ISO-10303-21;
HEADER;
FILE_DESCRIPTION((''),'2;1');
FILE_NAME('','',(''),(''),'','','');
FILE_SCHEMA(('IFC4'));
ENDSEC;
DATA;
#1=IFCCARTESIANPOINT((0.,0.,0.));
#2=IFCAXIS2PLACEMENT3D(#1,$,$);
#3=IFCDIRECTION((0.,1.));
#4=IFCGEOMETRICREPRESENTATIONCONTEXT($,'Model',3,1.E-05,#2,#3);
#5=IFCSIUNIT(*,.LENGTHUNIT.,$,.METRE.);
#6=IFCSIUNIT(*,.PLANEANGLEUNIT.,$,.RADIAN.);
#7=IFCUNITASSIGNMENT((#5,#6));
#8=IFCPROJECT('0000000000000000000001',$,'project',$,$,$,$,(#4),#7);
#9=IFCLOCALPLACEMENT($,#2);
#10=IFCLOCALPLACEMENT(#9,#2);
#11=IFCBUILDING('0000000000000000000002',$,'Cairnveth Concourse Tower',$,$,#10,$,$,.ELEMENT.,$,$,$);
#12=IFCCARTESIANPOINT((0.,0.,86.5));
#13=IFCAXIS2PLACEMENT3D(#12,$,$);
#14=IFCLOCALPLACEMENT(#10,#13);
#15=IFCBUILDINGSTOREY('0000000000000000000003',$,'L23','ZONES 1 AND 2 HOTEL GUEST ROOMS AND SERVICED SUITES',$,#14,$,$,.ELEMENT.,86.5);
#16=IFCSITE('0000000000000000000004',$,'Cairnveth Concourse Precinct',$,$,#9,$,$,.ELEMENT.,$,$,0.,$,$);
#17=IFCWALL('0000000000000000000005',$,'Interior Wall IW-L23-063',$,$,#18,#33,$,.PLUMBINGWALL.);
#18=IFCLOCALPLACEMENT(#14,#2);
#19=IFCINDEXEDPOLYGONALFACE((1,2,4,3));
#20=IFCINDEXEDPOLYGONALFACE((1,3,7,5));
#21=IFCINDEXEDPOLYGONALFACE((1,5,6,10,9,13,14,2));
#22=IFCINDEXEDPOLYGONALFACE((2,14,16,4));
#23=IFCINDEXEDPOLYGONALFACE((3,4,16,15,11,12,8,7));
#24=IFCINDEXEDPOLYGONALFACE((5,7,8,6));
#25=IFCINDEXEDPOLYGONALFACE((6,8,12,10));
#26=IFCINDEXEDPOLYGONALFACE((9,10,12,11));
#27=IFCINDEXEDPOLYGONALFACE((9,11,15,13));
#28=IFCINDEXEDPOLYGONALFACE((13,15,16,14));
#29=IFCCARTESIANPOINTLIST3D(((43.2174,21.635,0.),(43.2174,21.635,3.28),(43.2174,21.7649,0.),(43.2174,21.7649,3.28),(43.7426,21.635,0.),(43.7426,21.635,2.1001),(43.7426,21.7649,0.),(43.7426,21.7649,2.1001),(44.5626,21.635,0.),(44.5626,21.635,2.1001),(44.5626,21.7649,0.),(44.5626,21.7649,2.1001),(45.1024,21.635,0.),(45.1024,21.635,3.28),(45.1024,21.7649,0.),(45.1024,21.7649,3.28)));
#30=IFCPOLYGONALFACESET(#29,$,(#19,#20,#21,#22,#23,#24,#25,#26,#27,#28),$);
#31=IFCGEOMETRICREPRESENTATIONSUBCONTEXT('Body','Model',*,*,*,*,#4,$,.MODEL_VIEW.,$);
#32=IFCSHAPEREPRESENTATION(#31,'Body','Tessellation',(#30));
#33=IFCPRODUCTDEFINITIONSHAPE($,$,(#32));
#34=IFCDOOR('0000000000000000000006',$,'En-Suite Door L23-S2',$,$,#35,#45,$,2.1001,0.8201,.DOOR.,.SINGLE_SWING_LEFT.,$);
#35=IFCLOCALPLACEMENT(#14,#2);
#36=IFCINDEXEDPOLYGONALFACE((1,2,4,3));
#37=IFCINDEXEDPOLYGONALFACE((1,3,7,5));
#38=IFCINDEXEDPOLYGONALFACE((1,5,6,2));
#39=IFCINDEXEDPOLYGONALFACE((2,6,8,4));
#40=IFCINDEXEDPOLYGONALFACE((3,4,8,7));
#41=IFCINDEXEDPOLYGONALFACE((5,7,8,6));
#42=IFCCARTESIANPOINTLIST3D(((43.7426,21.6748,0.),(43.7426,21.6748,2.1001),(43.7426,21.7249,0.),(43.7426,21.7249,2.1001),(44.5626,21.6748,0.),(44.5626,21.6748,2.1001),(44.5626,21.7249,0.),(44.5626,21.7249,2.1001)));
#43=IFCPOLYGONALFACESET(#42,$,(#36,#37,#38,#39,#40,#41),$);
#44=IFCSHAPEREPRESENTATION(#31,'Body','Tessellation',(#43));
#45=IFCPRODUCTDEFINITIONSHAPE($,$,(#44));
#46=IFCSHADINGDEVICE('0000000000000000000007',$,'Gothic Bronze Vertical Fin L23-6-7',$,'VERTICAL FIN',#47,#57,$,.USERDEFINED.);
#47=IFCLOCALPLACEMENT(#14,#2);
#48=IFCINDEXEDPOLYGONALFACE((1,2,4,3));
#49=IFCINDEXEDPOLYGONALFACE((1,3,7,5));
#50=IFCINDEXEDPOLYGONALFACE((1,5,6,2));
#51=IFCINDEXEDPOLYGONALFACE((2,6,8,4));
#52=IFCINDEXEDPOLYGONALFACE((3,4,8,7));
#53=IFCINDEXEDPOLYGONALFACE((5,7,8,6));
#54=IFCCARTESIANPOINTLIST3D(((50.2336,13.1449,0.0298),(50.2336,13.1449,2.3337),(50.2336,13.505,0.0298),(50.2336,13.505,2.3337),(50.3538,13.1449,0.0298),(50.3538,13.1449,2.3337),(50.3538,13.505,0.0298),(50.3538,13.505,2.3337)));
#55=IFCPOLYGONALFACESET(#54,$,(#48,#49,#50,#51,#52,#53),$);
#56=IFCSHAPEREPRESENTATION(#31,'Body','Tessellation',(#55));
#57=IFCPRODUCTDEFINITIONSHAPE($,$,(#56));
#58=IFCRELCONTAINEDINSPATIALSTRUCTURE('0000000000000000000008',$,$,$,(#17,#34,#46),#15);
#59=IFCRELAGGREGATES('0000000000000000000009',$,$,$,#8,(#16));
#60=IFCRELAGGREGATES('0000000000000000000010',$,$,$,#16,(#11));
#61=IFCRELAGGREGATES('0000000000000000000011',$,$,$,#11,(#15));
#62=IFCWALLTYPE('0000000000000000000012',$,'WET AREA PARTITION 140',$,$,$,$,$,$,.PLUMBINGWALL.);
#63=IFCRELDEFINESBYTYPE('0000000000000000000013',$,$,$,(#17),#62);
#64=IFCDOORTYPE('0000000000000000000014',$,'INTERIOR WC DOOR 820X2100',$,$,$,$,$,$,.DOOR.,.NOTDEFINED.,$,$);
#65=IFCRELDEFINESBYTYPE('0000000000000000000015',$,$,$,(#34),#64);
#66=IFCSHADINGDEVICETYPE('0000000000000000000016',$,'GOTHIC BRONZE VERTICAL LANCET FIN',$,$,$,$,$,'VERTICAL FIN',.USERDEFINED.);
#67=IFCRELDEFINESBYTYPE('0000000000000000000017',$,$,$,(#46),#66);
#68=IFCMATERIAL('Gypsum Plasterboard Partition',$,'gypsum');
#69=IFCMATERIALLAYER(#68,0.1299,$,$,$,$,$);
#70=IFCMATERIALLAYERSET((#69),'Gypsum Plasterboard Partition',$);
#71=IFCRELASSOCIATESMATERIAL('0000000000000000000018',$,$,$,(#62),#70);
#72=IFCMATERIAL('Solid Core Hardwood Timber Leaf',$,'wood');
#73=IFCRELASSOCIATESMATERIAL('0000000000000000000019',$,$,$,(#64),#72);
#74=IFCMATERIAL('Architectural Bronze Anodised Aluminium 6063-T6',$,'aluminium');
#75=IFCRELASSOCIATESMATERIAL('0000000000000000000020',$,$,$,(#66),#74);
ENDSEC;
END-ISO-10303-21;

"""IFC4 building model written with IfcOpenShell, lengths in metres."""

from ifc_helpers import new_model, si_unit, direction, frame, frame_2d, origin, origin_2d, place, context, subcontext, project, spatial, rectangle, extrude, material, layer, layer_set, type_object, element, fill, save


model = new_model("IFC4")

# Units and contexts
model_context = context("Model", 3, precision=1e-05, world=origin(), true_north=direction((0.0, 1.0)))
body_context = subcontext(model_context, "Body", "Model", "MODEL_VIEW")
ifc_project = project(units=[si_unit("LENGTHUNIT", "METRE"), si_unit("PLANEANGLEUNIT", "RADIAN")], contexts=[model_context])

# Site, building, storey
site_placement = place(None, origin())
site = spatial("IfcSite", under=ifc_project, at=site_placement, Name="Cairnveth Concourse Precinct", CompositionType="ELEMENT", RefElevation=0.0)
building_placement = place(site_placement, origin())
building = spatial("IfcBuilding", under=site, at=building_placement, Name="Cairnveth Concourse Tower", CompositionType="ELEMENT")
storey_placement = place(building_placement, frame((0.0, 0.0, 86.5)))
storey = spatial("IfcBuildingStorey", under=building, at=storey_placement, Name="L23", Description="ZONES 1 AND 2 HOTEL GUEST ROOMS AND SERVICED SUITES", CompositionType="ELEMENT", Elevation=86.5)

# Shared definitions
ifc_material_1 = material(Name="Gypsum Plasterboard Partition", Category="gypsum")
ifc_layer_1 = layer(ifc_material_1, 0.1299)
ifc_layer_set_1 = layer_set([ifc_layer_1], Name="Gypsum Plasterboard Partition")
wall_type_1 = type_object("IfcWallType", Name="WET AREA PARTITION 140", PredefinedType="PLUMBINGWALL", material=ifc_layer_set_1)

# Wall, opening, door
wall_1_placement = place(storey_placement, frame((43.2175, 21.7, 0.0), z_axis=(0.0, 0.0, 1.0), x_axis=(1.0, 0.0, 0.0)))
wall_1 = element("IfcWall", 1, at=wall_1_placement, inside=storey, type_object=wall_type_1, Name="Interior Wall IW-L23-063", PredefinedType="PLUMBINGWALL", context=body_context, shape_type="SweptSolid", body=[
    extrude(rectangle(XDim=1.885, YDim=0.1299, at=frame_2d((0.9424, 0.0))), origin(), (0.0, 0.0, 1.0), 3.28),
])
opening_placement = place(wall_1_placement, frame((0.5249, 0.0, 0.0)))
opening = element("IfcOpeningElement", 2, at=opening_placement, cuts=wall_1, PredefinedType="OPENING", context=body_context, shape_type="SweptSolid", body=[
    extrude(rectangle(XDim=0.8201, YDim=2.1001, at=frame_2d((0.4102, 1.05))), frame((0.0, 0.075, 0.0), z_axis=(0.0, -1.0, 0.0), x_axis=(1.0, 0.0, 0.0)), (0.0, 0.0, 1.0), 0.1499),
])
ifc_material_2 = material(Name="Solid Core Hardwood Timber Leaf", Category="wood")
door_type = type_object("IfcDoorType", Name="INTERIOR WC DOOR 820X2100", OperationType="NOTDEFINED", PredefinedType="DOOR", material=ifc_material_2)
door_placement = place(opening_placement, origin())
door = element("IfcDoor", 3, at=door_placement, inside=storey, type_object=door_type, Name="En-Suite Door L23-S2", OperationType="SINGLE_SWING_LEFT", OverallHeight=2.1001, OverallWidth=0.8201, PredefinedType="DOOR", context=body_context, shape_type="SweptSolid", body=[
    extrude(rectangle(XDim=0.8201, YDim=2.1001, at=frame_2d((0.4102, 1.05))), frame((0.0, 0.0249, 0.0), z_axis=(0.0, -1.0, 0.0), x_axis=(1.0, 0.0, 0.0)), (0.0, 0.0, 1.0), 0.05),
])
fill(opening, door)

# Shading device
ifc_material_3 = material(Name="Architectural Bronze Anodised Aluminium 6063-T6", Category="aluminium")
shading_device_type = type_object("IfcShadingDeviceType", Name="GOTHIC BRONZE VERTICAL LANCET FIN", ElementType="VERTICAL FIN", PredefinedType="USERDEFINED", material=ifc_material_3)
shading_device_placement = place(storey_placement, frame((50.2937, 13.325, 0.0298), z_axis=(0.0, 0.0, 1.0), x_axis=(1.0, 0.0, 0.0)))
element("IfcShadingDevice", 4, at=shading_device_placement, inside=storey, type_object=shading_device_type, Name="Gothic Bronze Vertical Fin L23-6-7", ObjectType="VERTICAL FIN", PredefinedType="USERDEFINED", context=body_context, shape_type="SweptSolid", body=[
    extrude(rectangle(XDim=0.1201, YDim=0.3601, at=origin_2d()), origin(), (0.0, 0.0, 1.0), 2.304),
])

save(model, "model.ifc")
